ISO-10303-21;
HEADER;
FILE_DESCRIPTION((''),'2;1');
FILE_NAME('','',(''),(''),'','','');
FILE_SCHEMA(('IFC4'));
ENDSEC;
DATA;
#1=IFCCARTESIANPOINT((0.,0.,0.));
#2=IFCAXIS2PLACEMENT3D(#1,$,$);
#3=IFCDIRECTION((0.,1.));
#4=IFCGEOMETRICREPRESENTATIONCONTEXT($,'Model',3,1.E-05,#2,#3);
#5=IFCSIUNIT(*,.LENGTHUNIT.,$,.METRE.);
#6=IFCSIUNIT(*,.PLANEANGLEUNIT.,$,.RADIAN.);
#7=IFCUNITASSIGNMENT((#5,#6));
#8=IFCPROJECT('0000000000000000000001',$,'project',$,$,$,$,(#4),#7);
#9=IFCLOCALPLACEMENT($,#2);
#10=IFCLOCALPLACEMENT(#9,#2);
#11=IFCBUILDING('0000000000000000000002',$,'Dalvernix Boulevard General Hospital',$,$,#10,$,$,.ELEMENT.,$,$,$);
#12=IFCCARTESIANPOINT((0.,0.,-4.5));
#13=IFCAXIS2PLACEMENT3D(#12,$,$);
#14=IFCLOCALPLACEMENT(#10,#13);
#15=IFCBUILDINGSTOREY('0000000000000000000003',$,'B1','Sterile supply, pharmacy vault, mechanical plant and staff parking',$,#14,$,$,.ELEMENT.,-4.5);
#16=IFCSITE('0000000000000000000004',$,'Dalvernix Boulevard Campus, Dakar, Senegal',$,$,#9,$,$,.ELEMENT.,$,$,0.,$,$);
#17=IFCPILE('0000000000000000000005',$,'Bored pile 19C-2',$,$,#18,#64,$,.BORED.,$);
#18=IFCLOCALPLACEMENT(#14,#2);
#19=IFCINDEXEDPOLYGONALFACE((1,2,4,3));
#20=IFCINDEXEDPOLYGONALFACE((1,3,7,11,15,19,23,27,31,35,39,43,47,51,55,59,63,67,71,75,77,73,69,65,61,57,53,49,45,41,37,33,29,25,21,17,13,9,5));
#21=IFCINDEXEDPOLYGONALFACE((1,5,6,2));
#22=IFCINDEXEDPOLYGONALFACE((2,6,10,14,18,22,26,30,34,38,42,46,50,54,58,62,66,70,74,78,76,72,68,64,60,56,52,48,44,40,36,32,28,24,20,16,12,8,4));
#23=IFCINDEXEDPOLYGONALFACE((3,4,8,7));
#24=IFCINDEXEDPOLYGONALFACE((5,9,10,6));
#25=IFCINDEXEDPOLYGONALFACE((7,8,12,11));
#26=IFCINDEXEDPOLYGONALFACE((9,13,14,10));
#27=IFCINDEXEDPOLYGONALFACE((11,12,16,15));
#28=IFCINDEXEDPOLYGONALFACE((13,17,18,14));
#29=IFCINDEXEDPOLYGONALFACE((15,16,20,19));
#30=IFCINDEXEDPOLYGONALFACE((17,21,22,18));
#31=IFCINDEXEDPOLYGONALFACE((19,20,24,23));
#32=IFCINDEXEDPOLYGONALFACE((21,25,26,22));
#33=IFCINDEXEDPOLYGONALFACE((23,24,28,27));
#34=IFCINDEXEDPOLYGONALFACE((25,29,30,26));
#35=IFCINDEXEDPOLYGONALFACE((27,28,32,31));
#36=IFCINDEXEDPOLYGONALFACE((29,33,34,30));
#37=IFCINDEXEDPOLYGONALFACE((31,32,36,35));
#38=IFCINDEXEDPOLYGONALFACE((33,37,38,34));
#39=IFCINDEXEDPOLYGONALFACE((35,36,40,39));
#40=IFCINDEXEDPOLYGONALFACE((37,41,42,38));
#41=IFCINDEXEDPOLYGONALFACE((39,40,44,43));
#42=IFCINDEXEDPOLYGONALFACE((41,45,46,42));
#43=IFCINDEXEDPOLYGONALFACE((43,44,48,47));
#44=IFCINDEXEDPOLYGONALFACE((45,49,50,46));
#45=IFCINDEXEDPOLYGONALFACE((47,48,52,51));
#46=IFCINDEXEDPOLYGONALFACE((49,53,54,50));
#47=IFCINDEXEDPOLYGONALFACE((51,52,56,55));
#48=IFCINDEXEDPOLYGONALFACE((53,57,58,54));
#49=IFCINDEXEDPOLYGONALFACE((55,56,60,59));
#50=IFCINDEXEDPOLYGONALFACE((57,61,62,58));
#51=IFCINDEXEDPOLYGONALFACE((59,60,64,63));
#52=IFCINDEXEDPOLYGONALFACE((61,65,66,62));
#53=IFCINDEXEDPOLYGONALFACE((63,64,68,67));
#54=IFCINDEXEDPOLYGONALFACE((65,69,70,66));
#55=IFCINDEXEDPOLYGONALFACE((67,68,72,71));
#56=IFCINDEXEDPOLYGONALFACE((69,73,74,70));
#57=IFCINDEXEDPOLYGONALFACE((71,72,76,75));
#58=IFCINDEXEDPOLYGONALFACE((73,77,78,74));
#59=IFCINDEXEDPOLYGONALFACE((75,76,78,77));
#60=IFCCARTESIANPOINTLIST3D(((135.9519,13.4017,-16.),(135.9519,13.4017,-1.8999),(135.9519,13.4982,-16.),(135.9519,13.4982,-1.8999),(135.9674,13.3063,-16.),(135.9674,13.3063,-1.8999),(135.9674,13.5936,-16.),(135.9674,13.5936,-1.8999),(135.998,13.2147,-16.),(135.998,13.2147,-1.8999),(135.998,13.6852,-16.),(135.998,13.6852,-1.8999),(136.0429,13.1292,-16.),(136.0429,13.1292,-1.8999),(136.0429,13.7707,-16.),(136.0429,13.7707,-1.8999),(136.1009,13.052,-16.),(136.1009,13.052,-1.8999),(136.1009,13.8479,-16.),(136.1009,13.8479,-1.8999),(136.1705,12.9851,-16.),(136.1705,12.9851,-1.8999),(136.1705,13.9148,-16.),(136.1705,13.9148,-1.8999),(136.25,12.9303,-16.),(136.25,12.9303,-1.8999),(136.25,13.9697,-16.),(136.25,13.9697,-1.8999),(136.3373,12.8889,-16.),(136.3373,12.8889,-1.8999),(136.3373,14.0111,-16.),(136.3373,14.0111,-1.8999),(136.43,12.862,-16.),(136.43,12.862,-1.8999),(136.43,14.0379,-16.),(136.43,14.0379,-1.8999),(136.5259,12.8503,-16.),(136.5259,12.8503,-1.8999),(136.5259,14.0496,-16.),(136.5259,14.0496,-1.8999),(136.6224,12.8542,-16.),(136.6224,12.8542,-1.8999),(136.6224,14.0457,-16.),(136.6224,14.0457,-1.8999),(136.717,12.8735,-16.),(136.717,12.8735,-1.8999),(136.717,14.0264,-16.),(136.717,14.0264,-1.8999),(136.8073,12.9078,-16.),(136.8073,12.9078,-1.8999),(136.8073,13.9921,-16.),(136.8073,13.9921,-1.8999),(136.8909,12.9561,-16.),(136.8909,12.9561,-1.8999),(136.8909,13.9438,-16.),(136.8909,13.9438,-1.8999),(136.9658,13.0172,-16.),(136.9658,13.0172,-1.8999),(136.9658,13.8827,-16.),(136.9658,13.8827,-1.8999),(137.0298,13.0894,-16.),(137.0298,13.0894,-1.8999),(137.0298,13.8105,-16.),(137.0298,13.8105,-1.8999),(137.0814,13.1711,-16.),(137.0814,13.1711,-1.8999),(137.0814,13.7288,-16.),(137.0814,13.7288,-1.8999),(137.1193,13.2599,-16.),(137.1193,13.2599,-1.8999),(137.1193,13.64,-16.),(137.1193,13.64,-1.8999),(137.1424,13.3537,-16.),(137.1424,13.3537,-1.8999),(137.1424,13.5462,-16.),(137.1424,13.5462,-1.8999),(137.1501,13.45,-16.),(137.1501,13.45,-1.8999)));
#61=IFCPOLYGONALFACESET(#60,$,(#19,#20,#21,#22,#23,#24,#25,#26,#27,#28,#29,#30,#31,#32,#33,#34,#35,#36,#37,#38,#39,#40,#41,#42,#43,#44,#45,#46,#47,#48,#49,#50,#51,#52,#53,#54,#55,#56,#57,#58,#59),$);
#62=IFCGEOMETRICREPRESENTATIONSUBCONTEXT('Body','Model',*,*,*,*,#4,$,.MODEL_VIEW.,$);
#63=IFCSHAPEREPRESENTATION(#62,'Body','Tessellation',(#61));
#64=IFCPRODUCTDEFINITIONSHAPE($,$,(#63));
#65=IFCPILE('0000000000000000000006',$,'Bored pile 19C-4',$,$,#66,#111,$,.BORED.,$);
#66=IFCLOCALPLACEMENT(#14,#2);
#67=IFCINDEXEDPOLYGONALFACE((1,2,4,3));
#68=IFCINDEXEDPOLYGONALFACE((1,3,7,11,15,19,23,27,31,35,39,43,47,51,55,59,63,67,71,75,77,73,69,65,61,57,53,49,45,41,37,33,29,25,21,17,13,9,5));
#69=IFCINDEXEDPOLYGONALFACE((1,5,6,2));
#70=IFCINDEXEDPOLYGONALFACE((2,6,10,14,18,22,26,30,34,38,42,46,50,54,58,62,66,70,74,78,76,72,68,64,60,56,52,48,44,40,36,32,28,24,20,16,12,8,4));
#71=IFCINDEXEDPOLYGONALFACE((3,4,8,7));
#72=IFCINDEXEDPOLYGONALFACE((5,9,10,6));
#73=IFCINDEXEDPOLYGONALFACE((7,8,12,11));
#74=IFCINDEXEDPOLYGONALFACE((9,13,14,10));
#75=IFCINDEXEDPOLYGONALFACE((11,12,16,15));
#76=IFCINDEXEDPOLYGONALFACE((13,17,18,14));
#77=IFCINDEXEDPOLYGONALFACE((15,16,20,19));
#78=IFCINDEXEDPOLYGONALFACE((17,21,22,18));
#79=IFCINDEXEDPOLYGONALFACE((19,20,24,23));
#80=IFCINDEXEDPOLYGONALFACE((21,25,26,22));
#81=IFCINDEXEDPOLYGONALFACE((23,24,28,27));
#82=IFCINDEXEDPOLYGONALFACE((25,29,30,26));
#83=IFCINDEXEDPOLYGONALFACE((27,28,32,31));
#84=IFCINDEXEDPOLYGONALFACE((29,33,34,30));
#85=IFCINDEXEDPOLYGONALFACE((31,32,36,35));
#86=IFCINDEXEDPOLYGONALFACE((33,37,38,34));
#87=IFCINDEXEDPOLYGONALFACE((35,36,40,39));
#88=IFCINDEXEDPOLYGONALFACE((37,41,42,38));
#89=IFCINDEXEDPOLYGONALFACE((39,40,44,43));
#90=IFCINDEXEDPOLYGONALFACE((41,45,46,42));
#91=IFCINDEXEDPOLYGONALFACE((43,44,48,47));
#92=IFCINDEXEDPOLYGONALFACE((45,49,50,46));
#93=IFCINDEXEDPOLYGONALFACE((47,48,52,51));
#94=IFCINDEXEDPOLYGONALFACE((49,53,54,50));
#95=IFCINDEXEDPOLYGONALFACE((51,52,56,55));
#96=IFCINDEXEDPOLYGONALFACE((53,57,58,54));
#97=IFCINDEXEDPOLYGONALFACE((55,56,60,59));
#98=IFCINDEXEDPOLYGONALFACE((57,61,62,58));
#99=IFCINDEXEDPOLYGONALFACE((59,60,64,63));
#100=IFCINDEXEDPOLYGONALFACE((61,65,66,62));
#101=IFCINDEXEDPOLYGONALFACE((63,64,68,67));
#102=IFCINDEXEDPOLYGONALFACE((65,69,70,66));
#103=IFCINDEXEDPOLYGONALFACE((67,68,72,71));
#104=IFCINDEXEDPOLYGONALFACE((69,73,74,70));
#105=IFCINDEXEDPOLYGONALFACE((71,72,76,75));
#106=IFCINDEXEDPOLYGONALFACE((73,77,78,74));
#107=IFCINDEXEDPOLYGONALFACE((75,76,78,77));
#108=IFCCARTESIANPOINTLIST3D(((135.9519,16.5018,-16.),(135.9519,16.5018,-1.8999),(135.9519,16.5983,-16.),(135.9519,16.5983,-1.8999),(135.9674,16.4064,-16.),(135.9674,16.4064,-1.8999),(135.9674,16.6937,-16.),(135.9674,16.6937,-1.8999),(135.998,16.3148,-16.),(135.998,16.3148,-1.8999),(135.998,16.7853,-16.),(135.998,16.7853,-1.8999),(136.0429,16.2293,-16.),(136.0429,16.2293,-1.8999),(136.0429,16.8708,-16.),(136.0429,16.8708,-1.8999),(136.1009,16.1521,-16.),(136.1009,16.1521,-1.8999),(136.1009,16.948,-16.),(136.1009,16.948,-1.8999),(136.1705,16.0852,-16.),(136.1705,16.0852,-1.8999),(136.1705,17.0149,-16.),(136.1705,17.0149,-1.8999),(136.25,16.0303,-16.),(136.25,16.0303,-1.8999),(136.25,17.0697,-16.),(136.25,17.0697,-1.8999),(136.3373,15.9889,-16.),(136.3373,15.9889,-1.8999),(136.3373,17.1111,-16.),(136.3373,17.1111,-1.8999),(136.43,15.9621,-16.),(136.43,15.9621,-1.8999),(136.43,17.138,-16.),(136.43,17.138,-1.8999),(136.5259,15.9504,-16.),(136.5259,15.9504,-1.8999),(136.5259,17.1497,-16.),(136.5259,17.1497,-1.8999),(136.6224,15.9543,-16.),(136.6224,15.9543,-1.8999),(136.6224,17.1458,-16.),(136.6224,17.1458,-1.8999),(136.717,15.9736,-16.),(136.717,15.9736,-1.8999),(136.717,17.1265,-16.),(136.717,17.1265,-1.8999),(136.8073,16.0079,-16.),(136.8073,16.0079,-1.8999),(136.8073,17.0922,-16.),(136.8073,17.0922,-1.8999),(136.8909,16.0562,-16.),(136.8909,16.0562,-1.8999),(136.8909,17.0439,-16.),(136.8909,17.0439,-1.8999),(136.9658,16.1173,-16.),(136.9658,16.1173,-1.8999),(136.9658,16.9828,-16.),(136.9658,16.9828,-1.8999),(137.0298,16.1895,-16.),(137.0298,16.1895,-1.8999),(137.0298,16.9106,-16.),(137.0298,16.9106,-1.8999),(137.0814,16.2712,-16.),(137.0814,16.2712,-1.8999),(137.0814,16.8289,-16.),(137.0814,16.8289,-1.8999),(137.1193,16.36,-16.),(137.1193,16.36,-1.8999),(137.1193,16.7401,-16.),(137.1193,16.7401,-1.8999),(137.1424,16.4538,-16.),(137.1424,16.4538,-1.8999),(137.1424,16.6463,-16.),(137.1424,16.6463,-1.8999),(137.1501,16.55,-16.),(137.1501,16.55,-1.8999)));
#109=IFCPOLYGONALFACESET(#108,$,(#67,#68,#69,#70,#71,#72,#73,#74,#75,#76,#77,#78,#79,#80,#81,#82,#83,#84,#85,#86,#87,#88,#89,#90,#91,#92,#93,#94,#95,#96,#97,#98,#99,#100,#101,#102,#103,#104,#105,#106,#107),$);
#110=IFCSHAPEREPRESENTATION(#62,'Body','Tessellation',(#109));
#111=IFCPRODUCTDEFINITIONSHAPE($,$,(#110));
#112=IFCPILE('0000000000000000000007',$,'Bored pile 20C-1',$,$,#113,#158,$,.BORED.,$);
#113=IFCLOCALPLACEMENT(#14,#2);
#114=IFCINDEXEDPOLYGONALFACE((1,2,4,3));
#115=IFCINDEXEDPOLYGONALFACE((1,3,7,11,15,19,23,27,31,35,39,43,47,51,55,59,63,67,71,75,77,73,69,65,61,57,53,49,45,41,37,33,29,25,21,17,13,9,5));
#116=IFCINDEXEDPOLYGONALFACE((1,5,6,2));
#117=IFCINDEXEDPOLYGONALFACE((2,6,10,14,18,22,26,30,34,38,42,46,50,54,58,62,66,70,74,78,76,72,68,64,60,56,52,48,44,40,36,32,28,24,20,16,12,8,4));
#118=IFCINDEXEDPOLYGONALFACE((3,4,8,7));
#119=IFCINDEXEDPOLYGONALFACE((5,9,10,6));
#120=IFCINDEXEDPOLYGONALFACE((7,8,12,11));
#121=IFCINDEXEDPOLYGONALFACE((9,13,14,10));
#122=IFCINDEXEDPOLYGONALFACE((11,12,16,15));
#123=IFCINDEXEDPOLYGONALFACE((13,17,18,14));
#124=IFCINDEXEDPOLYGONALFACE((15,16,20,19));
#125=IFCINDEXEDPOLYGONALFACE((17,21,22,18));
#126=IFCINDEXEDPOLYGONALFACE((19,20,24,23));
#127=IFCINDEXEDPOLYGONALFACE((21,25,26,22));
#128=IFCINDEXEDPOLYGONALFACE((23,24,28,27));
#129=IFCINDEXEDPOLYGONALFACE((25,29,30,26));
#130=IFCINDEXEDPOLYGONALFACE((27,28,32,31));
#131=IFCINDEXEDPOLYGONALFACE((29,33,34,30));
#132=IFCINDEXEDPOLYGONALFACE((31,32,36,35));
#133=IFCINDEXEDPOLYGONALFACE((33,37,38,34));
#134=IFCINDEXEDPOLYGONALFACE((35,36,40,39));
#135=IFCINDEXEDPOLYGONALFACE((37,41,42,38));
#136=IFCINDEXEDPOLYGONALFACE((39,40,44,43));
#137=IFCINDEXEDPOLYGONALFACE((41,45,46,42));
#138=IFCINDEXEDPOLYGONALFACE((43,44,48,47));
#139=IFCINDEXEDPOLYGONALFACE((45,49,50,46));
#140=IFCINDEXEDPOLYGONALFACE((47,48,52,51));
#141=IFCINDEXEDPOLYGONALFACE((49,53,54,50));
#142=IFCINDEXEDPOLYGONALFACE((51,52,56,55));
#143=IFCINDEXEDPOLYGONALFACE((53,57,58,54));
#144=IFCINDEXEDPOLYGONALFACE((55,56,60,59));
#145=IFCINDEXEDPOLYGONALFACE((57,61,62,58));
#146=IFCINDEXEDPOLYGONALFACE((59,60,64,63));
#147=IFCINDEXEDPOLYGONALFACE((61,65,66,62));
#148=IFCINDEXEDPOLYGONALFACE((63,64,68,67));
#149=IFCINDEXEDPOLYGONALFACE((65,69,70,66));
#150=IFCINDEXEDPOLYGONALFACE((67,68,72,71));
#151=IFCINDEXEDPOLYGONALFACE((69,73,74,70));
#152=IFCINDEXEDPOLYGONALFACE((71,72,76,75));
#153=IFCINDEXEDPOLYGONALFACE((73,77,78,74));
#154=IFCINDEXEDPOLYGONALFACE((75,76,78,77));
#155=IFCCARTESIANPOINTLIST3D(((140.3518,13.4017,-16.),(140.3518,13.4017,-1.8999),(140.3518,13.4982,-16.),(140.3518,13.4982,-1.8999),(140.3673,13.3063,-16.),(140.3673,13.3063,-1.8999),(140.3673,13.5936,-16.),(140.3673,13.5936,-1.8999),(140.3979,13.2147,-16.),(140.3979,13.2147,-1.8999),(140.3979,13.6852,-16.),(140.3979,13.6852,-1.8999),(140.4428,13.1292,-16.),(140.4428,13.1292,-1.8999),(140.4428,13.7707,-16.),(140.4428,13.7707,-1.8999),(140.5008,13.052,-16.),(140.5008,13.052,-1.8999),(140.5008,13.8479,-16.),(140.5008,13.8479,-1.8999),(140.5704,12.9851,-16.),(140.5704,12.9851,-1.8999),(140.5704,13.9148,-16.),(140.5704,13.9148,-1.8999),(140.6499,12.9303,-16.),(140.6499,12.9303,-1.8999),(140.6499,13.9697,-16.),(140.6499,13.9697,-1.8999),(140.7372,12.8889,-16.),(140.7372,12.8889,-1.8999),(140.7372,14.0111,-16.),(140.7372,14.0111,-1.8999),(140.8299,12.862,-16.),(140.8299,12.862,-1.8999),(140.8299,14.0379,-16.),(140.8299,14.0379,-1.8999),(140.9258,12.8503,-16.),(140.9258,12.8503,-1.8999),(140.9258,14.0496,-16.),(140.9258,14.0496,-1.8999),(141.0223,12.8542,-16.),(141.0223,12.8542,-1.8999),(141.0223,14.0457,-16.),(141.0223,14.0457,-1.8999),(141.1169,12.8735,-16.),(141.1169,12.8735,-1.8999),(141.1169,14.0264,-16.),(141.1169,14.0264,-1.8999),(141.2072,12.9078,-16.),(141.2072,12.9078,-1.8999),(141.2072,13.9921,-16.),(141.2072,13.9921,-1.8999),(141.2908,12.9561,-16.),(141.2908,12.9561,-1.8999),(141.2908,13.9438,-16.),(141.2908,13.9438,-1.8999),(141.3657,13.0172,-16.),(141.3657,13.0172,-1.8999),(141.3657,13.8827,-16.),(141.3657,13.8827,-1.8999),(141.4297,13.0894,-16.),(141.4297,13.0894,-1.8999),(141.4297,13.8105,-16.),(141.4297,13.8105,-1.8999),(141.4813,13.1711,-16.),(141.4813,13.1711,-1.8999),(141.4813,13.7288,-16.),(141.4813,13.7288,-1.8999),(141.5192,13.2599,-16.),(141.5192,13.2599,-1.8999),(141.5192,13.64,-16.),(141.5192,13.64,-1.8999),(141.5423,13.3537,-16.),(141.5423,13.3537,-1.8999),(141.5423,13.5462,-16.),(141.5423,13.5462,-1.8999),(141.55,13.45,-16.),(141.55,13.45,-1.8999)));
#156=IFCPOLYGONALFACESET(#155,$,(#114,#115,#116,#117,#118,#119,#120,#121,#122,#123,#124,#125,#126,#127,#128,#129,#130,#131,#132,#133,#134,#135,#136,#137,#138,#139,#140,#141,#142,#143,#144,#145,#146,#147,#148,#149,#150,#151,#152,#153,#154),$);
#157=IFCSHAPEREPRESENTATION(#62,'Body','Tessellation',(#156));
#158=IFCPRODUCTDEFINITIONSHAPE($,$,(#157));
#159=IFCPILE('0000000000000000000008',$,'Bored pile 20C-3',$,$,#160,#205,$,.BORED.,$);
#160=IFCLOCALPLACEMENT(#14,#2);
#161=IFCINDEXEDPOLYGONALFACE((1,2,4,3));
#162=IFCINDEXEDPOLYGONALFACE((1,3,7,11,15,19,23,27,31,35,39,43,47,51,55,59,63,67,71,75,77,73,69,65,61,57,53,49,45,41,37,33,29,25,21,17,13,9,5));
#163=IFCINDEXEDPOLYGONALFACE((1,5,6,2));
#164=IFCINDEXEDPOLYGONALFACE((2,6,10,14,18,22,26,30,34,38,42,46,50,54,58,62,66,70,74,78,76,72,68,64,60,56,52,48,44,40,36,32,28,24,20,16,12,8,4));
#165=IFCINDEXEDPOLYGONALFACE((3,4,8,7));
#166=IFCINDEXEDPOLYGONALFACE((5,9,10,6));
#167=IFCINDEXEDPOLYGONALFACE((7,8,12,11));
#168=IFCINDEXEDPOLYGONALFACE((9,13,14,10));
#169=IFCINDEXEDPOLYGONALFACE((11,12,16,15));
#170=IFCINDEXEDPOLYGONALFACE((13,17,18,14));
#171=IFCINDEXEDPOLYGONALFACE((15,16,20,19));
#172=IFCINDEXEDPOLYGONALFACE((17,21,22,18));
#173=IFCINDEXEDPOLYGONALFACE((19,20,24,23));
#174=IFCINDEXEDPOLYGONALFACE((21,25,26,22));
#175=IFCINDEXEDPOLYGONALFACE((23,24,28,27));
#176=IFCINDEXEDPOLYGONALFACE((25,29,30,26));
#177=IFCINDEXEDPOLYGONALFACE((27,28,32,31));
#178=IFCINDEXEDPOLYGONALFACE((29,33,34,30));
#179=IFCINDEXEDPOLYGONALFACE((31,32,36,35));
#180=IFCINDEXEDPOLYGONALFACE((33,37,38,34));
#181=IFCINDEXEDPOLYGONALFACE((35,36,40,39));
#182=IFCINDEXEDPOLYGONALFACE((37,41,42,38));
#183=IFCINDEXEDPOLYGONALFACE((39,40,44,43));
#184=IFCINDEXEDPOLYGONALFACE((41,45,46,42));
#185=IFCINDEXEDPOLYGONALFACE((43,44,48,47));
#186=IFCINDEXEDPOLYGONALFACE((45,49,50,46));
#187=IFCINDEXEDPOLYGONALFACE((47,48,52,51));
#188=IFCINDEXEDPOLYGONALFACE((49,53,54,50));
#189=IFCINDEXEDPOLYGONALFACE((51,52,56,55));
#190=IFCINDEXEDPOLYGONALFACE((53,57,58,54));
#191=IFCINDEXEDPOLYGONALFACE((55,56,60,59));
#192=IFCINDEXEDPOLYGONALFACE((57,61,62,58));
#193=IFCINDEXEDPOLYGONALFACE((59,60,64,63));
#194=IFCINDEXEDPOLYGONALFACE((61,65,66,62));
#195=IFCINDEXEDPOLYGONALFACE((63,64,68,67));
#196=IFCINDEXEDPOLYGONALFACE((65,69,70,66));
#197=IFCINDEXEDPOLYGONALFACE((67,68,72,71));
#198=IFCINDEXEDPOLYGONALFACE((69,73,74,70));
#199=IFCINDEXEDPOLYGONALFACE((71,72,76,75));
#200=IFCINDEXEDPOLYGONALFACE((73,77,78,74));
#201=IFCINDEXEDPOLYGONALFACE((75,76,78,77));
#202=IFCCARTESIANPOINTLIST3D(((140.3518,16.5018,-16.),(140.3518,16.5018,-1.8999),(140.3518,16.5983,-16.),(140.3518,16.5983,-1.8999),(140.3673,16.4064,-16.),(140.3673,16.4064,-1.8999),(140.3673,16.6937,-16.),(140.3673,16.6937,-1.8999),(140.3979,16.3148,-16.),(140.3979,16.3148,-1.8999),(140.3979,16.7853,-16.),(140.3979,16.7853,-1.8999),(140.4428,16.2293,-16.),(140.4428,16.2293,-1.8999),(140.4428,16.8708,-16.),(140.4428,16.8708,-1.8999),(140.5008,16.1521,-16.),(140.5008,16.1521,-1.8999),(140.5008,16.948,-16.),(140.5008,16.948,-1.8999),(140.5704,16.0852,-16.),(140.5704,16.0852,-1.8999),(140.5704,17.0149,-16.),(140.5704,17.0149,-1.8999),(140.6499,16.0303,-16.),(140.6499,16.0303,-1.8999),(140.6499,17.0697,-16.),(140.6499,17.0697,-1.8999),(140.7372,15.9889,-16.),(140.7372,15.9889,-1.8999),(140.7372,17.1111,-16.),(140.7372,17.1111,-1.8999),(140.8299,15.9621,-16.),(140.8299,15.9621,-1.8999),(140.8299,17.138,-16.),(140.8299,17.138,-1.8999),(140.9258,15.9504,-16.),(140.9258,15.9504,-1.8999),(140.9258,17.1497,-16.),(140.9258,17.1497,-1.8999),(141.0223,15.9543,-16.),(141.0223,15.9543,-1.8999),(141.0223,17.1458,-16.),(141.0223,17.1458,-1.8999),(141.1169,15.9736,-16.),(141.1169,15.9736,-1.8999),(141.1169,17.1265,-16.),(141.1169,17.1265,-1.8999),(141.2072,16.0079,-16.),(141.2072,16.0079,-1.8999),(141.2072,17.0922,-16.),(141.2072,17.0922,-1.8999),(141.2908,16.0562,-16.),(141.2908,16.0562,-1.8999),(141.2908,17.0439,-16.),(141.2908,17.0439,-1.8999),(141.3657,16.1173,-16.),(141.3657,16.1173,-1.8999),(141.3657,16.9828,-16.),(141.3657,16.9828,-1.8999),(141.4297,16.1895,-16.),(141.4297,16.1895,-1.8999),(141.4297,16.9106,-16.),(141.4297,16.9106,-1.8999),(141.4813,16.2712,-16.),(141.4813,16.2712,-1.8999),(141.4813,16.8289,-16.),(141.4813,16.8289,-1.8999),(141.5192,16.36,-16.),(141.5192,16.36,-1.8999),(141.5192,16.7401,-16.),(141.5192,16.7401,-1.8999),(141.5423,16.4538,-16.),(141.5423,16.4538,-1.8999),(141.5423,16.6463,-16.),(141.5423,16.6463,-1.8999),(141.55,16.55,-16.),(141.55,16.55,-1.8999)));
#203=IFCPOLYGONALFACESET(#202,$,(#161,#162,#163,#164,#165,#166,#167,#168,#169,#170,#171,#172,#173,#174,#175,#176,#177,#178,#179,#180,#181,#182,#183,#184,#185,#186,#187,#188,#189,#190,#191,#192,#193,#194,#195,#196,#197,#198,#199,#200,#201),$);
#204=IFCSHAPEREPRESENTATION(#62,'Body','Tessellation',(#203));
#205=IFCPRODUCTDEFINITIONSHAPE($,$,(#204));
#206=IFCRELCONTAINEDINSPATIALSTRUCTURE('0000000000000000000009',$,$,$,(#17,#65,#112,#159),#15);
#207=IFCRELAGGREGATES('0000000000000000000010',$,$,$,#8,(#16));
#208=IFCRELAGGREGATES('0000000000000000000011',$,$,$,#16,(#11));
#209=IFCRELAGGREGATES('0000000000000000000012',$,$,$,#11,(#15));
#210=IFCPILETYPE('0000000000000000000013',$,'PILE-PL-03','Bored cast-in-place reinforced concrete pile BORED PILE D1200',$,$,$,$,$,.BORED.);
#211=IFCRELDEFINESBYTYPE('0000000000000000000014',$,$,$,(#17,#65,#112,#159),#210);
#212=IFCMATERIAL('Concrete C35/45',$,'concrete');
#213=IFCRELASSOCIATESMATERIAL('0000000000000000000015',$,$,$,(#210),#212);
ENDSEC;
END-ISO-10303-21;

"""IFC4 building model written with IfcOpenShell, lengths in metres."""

from ifc_helpers import new_model, si_unit, direction, frame, origin, origin_2d, place, context, subcontext, project, spatial, circle, extrude, material, material_profile, profile_set, type_object, element, save


model = new_model("IFC4")

# Units and contexts
model_context = context("Model", 3, precision=1e-05, world=origin(), true_north=direction((0.0, 1.0)))
body_context = subcontext(model_context, "Body", "Model", "MODEL_VIEW")
ifc_project = project(units=[si_unit("LENGTHUNIT", "METRE"), si_unit("PLANEANGLEUNIT", "RADIAN")], contexts=[model_context])

# Site, building, storey
site_placement = place(None, origin())
site = spatial("IfcSite", under=ifc_project, at=site_placement, Name="Dalvernix Boulevard Campus, Dakar, Senegal", CompositionType="ELEMENT", RefElevation=0.0)
building_placement = place(site_placement, origin())
building = spatial("IfcBuilding", under=site, at=building_placement, Name="Dalvernix Boulevard General Hospital", CompositionType="ELEMENT")
storey_placement = place(building_placement, frame((0.0, 0.0, -4.5)))
storey = spatial("IfcBuildingStorey", under=building, at=storey_placement, Name="B1", Description="Sterile supply, pharmacy vault, mechanical plant and staff parking", CompositionType="ELEMENT", Elevation=-4.5)

# Shared definitions
ifc_material_1 = material(Name="Concrete C35/45", Category="concrete")

# Piles
ifc_material_profile_1 = material_profile(ifc_material_1, circle(Radius=0.6001, at=origin_2d()), Name="BORED PILE D1200")
ifc_profile_set_1 = profile_set([ifc_material_profile_1], Name="Concrete C35/45")
pile_type_1 = type_object("IfcPileType", Name="PILE-PL-03", Description="Bored cast-in-place reinforced concrete pile BORED PILE D1200", PredefinedType="BORED", material=ifc_profile_set_1)
for number, where, z_axis, x_axis, name in (
    (1, (136.55, 13.45, -1.8999), (0.0, 0.0, -1.0), (1.0, 0.0, 0.0), "Bored pile 19C-2"),
    (2, (136.55, 16.55, -1.8999), (0.0, 0.0, -1.0), (1.0, 0.0, 0.0), "Bored pile 19C-4"),
    (3, (140.95, 13.45, -1.8999), (0.0, 0.0, -1.0), (1.0, 0.0, 0.0), "Bored pile 20C-1"),
    (4, (140.95, 16.55, -1.8999), (0.0, 0.0, -1.0), (1.0, 0.0, 0.0), "Bored pile 20C-3"),
):
    element("IfcPile", number, at=place(storey_placement, frame(where, z_axis=z_axis, x_axis=x_axis)), inside=storey, type_object=pile_type_1, Name=name, PredefinedType="BORED", context=body_context, shape_type="SweptSolid", body=[
        extrude(circle(Radius=0.6001, at=origin_2d()), origin(), (0.0, 0.0, 1.0), 14.1001),
    ])

save(model, "model.ifc")
